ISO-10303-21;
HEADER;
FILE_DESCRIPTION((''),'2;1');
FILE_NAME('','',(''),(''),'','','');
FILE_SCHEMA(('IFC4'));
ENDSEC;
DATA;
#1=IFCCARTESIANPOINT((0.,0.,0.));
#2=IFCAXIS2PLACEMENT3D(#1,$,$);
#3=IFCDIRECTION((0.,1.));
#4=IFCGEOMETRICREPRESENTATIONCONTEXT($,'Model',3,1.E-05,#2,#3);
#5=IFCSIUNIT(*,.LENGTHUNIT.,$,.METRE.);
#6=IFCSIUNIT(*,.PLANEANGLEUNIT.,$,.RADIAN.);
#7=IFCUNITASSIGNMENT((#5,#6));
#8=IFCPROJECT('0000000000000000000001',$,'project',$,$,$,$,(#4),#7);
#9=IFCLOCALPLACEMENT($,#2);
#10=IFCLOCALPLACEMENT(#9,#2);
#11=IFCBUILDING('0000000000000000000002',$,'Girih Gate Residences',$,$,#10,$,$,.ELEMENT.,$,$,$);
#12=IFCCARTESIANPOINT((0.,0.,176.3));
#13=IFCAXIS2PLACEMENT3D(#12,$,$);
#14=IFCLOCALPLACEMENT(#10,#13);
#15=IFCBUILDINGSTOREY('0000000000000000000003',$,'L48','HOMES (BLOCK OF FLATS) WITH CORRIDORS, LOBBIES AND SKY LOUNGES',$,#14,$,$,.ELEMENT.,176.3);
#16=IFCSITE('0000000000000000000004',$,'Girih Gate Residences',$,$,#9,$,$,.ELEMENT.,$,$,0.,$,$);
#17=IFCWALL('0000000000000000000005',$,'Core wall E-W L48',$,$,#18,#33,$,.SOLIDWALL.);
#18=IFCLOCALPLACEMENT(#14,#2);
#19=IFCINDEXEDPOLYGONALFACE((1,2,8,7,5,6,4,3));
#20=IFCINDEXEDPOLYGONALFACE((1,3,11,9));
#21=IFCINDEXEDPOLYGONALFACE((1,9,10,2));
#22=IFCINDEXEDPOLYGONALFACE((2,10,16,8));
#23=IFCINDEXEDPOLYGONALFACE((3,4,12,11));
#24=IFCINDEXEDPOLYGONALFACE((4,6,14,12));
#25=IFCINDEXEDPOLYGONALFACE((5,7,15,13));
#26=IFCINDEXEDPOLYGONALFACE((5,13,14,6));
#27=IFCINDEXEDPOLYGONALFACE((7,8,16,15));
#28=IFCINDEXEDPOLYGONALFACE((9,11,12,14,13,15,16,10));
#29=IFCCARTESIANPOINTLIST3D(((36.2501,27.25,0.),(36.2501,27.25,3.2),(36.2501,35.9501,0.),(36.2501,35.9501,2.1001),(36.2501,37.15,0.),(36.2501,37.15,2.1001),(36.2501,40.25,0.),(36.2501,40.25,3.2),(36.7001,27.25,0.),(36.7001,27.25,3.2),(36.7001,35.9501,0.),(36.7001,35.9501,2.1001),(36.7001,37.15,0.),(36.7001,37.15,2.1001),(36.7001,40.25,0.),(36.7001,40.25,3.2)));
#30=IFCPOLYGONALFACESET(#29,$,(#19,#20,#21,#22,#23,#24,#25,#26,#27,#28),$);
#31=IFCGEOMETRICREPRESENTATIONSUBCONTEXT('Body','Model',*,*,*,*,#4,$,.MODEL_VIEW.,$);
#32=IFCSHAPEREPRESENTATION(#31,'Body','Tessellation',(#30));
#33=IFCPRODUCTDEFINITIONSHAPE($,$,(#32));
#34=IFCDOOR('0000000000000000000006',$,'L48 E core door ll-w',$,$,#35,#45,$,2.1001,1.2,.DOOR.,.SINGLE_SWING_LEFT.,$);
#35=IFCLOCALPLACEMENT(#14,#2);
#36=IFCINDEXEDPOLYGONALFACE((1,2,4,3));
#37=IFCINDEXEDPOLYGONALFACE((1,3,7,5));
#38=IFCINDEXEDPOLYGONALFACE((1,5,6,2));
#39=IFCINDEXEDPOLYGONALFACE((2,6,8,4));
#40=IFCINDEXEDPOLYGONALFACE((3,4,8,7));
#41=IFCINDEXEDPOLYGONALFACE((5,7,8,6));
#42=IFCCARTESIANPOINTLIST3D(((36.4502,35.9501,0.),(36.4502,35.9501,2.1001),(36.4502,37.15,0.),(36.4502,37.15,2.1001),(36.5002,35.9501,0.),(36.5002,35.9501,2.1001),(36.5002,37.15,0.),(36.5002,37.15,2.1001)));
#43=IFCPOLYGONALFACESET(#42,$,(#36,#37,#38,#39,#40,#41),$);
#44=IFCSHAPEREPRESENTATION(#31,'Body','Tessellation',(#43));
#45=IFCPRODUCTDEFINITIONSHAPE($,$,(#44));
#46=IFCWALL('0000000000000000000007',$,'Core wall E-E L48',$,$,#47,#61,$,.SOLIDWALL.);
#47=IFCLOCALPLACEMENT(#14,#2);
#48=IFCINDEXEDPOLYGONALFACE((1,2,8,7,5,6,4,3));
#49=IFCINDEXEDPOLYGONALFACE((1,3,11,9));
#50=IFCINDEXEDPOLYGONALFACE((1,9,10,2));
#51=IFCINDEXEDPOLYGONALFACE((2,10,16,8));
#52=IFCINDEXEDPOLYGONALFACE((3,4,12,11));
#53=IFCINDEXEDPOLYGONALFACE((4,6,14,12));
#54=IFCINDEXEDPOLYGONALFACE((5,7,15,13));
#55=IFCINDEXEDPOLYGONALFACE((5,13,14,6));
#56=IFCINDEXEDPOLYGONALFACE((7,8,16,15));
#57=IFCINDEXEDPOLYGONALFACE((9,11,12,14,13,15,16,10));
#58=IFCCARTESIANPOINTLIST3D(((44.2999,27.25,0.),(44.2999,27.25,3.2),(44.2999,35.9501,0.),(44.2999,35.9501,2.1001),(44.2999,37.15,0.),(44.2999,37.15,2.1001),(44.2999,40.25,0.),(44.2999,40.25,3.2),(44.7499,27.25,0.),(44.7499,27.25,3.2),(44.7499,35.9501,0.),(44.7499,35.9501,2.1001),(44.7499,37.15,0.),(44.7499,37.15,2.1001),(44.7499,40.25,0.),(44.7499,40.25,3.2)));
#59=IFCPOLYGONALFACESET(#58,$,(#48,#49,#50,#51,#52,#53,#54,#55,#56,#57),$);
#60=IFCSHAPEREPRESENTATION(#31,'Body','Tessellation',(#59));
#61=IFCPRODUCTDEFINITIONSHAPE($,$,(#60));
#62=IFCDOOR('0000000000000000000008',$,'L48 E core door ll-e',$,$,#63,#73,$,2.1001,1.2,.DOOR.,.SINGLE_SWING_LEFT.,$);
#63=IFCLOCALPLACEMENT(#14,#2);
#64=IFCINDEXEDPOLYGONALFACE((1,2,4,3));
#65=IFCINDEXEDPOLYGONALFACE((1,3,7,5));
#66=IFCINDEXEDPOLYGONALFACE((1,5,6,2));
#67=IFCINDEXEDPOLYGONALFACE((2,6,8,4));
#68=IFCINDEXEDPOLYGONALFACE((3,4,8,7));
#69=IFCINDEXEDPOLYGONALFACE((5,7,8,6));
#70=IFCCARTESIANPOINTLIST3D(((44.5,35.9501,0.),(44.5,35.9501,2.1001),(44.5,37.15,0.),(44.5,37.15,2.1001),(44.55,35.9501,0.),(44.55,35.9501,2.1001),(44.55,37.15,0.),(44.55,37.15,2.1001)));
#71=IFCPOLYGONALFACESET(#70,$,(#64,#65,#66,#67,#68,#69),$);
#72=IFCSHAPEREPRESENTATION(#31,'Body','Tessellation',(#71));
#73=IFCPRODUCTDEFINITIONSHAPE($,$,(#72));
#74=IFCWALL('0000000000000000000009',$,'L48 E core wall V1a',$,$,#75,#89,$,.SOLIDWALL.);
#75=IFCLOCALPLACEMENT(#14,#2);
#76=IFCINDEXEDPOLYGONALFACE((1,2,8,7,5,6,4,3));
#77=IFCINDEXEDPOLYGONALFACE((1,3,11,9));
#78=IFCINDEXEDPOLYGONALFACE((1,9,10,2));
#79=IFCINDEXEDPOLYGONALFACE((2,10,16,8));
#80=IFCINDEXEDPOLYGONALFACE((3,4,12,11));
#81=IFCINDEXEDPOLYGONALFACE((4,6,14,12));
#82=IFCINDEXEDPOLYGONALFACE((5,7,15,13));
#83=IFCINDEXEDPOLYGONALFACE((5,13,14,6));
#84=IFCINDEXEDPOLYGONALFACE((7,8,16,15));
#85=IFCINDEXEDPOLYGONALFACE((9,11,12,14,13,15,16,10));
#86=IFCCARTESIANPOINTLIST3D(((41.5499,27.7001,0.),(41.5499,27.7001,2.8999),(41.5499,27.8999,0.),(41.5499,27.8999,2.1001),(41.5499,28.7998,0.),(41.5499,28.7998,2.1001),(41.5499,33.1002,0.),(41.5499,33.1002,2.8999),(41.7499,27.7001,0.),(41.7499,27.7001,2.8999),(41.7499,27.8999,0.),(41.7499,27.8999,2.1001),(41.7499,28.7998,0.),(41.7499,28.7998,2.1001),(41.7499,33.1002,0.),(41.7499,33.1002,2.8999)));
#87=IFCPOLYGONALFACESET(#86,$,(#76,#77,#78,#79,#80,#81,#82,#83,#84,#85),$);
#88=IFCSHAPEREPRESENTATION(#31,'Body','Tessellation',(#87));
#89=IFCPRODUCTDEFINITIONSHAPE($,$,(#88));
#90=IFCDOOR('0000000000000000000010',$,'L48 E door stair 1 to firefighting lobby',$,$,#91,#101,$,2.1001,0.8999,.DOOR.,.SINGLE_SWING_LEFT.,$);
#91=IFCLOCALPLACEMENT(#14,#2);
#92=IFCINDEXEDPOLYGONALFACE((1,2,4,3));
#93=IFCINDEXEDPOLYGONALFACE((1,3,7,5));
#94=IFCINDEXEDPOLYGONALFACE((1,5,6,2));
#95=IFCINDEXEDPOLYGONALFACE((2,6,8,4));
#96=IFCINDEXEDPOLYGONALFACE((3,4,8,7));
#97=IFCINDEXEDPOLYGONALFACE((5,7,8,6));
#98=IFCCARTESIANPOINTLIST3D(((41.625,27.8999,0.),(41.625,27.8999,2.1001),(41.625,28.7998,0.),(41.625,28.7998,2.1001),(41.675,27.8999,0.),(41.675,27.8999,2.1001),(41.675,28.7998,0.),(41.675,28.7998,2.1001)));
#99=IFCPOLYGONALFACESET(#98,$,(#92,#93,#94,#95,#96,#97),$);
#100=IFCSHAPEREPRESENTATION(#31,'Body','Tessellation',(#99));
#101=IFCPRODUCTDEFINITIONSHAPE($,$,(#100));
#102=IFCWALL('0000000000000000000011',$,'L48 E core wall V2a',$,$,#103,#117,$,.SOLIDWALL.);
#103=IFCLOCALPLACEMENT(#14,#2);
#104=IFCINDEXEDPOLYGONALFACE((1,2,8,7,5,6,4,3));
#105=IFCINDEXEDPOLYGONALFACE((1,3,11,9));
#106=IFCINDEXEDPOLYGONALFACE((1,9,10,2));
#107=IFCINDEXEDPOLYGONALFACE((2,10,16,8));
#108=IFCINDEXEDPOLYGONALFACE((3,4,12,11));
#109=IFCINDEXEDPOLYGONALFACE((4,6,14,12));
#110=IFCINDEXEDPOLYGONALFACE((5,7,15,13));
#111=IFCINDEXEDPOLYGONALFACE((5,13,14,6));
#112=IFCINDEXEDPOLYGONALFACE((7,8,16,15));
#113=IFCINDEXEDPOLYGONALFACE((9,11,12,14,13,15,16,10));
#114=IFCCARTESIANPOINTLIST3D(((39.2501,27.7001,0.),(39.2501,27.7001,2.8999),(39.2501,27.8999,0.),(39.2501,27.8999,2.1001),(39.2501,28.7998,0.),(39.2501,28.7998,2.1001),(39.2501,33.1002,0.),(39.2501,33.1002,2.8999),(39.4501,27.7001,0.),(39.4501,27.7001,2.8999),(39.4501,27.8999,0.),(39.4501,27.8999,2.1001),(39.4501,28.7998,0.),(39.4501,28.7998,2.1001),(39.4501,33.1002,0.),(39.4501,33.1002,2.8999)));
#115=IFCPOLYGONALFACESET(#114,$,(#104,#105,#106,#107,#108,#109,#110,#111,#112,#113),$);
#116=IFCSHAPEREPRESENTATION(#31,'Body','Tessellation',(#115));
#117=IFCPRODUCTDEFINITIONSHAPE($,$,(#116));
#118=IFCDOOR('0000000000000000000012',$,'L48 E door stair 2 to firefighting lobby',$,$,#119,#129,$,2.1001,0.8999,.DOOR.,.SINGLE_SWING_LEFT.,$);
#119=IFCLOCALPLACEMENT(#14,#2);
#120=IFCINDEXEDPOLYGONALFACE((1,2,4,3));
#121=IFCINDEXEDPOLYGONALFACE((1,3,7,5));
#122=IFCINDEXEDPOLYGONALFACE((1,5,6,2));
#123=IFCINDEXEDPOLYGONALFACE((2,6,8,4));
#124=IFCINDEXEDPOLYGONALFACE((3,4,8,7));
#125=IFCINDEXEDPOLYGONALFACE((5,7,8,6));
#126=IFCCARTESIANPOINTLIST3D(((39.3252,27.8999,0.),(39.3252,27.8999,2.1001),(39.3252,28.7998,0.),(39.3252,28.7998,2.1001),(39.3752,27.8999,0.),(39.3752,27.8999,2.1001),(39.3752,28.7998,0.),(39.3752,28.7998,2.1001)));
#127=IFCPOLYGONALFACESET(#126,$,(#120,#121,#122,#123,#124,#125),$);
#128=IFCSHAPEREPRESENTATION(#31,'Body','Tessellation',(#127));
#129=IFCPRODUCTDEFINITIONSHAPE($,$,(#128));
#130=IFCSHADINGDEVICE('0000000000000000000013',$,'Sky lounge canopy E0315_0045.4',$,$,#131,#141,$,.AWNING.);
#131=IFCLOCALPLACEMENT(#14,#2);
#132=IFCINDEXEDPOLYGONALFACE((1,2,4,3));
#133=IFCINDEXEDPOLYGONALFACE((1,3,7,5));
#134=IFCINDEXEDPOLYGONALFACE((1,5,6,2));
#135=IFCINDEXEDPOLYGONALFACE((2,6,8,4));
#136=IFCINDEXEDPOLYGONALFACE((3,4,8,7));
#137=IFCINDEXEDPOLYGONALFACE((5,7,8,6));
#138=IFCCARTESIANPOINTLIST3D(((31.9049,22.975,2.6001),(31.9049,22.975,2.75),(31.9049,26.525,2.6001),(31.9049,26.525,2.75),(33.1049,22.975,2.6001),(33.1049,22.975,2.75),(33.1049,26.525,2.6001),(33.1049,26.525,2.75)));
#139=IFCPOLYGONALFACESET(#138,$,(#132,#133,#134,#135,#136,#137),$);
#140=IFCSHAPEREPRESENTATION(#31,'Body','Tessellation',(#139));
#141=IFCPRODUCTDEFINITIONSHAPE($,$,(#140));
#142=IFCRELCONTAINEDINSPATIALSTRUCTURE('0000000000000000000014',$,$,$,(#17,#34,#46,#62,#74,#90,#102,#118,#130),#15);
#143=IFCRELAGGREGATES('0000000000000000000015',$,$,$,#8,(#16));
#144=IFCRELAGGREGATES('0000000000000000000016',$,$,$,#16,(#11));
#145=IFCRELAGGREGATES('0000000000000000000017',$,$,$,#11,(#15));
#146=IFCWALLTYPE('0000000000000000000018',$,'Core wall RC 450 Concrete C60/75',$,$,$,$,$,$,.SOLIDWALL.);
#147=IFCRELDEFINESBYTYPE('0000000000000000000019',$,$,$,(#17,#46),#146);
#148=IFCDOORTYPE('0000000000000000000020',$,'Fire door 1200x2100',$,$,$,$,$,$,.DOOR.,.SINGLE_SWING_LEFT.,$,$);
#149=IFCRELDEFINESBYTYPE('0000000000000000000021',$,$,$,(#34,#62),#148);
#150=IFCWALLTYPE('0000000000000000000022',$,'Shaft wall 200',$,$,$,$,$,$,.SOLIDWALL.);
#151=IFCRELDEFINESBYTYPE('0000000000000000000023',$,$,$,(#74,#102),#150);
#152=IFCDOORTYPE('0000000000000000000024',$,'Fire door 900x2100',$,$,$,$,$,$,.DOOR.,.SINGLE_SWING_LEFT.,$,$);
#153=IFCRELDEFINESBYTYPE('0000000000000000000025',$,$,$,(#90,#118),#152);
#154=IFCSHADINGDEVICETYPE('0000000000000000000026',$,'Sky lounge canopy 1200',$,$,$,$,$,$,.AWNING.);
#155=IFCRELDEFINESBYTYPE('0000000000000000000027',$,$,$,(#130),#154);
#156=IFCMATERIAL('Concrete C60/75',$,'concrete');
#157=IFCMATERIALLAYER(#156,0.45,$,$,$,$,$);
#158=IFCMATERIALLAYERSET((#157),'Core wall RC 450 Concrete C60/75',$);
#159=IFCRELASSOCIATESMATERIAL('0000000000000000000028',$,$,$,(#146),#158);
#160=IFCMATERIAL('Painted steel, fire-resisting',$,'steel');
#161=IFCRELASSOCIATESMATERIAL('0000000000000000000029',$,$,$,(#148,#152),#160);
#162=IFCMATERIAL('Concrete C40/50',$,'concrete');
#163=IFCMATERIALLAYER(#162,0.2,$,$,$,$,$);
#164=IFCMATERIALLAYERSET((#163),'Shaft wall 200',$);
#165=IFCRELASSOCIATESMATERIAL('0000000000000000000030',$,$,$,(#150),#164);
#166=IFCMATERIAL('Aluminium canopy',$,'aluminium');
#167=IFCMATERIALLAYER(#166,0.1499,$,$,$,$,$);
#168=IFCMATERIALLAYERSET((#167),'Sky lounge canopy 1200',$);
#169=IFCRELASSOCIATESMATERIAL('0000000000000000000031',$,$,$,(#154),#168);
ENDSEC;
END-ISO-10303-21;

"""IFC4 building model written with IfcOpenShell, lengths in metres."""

from ifc_helpers import new_model, si_unit, direction, frame, frame_2d, origin, origin_2d, place, context, subcontext, project, spatial, rectangle, extrude, material, layer, layer_set, type_object, element, fill, save


model = new_model("IFC4")

# Units and contexts
model_context = context("Model", 3, precision=1e-05, world=origin(), true_north=direction((0.0, 1.0)))
body_context = subcontext(model_context, "Body", "Model", "MODEL_VIEW")
ifc_project = project(units=[si_unit("LENGTHUNIT", "METRE"), si_unit("PLANEANGLEUNIT", "RADIAN")], contexts=[model_context])

# Site, building, storey
site_placement = place(None, origin())
site = spatial("IfcSite", under=ifc_project, at=site_placement, Name="Girih Gate Residences", CompositionType="ELEMENT", RefElevation=0.0)
building_placement = place(site_placement, origin())
building = spatial("IfcBuilding", under=site, at=building_placement, Name="Girih Gate Residences", CompositionType="ELEMENT")
storey_placement = place(building_placement, frame((0.0, 0.0, 176.3)))
storey = spatial("IfcBuildingStorey", under=building, at=storey_placement, Name="L48", Description="HOMES (BLOCK OF FLATS) WITH CORRIDORS, LOBBIES AND SKY LOUNGES", CompositionType="ELEMENT", Elevation=176.3)

# Shared definitions
ifc_material_1 = material(Name="Concrete C60/75", Category="concrete")
ifc_layer_1 = layer(ifc_material_1, 0.45)
ifc_layer_set_1 = layer_set([ifc_layer_1], Name="Core wall RC 450 Concrete C60/75")
wall_type_1 = type_object("IfcWallType", Name="Core wall RC 450 Concrete C60/75", PredefinedType="SOLIDWALL", material=ifc_layer_set_1)
ifc_material_2 = material(Name="Painted steel, fire-resisting", Category="steel")

# Walls, openings, doors
wall_1_placement = place(storey_placement, frame((36.4751, 27.25, 0.0), z_axis=(0.0, 0.0, 1.0), x_axis=(0.0, 1.0, 0.0)))
wall_1 = element("IfcWall", 1, at=wall_1_placement, inside=storey, type_object=wall_type_1, Name="Core wall E-W L48", PredefinedType="SOLIDWALL", context=body_context, shape_type="SweptSolid", body=[
    extrude(rectangle(XDim=13.0, YDim=0.45, at=frame_2d((6.5, 0.0))), origin(), (0.0, 0.0, 1.0), 3.2),
])
opening_1_placement = place(wall_1_placement, frame((8.7, 0.0, 0.0)))
opening_1 = element("IfcOpeningElement", 2, at=opening_1_placement, cuts=wall_1, PredefinedType="OPENING", context=body_context, shape_type="SweptSolid", body=[
    extrude(rectangle(XDim=1.2, YDim=2.1001, at=frame_2d((0.6001, 1.05))), frame((0.0, 0.2349, 0.0), z_axis=(0.0, -1.0, 0.0), x_axis=(1.0, 0.0, 0.0)), (0.0, 0.0, 1.0), 0.47),
])
door_type_1 = type_object("IfcDoorType", Name="Fire door 1200x2100", OperationType="SINGLE_SWING_LEFT", PredefinedType="DOOR", material=ifc_material_2)
door_1_placement = place(opening_1_placement, origin())
door_1 = element("IfcDoor", 3, at=door_1_placement, inside=storey, type_object=door_type_1, Name="L48 E core door ll-w", OperationType="SINGLE_SWING_LEFT", OverallHeight=2.1001, OverallWidth=1.2, PredefinedType="DOOR", context=body_context, shape_type="SweptSolid", body=[
    extrude(rectangle(XDim=1.2, YDim=2.1001, at=frame_2d((0.6001, 1.05))), frame((0.0, 0.0249, 0.0), z_axis=(0.0, -1.0, 0.0), x_axis=(1.0, 0.0, 0.0)), (0.0, 0.0, 1.0), 0.05),
])
fill(opening_1, door_1)
wall_2_placement = place(storey_placement, frame((44.5249, 27.25, 0.0), z_axis=(0.0, 0.0, 1.0), x_axis=(0.0, 1.0, 0.0)))
wall_2 = element("IfcWall", 4, at=wall_2_placement, inside=storey, type_object=wall_type_1, Name="Core wall E-E L48", PredefinedType="SOLIDWALL", context=body_context, shape_type="SweptSolid", body=[
    extrude(rectangle(XDim=13.0, YDim=0.45, at=frame_2d((6.5, 0.0))), origin(), (0.0, 0.0, 1.0), 3.2),
])
opening_2_placement = place(wall_2_placement, frame((8.7, 0.0, 0.0)))
opening_2 = element("IfcOpeningElement", 5, at=opening_2_placement, cuts=wall_2, PredefinedType="OPENING", context=body_context, shape_type="SweptSolid", body=[
    extrude(rectangle(XDim=1.2, YDim=2.1001, at=frame_2d((0.6001, 1.05))), frame((0.0, 0.2349, 0.0), z_axis=(0.0, -1.0, 0.0), x_axis=(1.0, 0.0, 0.0)), (0.0, 0.0, 1.0), 0.47),
])
door_2_placement = place(opening_2_placement, origin())
door_2 = element("IfcDoor", 6, at=door_2_placement, inside=storey, type_object=door_type_1, Name="L48 E core door ll-e", OperationType="SINGLE_SWING_LEFT", OverallHeight=2.1001, OverallWidth=1.2, PredefinedType="DOOR", context=body_context, shape_type="SweptSolid", body=[
    extrude(rectangle(XDim=1.2, YDim=2.1001, at=frame_2d((0.6001, 1.05))), frame((0.0, 0.0249, 0.0), z_axis=(0.0, -1.0, 0.0), x_axis=(1.0, 0.0, 0.0)), (0.0, 0.0, 1.0), 0.05),
])
fill(opening_2, door_2)
ifc_material_3 = material(Name="Concrete C40/50", Category="concrete")
ifc_layer_2 = layer(ifc_material_3, 0.2)
ifc_layer_set_2 = layer_set([ifc_layer_2], Name="Shaft wall 200")
wall_type_2 = type_object("IfcWallType", Name="Shaft wall 200", PredefinedType="SOLIDWALL", material=ifc_layer_set_2)
wall_3_placement = place(storey_placement, frame((41.6499, 27.7, 0.0), z_axis=(0.0, 0.0, 1.0), x_axis=(0.0, 1.0, 0.0)))
wall_3 = element("IfcWall", 7, at=wall_3_placement, inside=storey, type_object=wall_type_2, Name="L48 E core wall V1a", PredefinedType="SOLIDWALL", context=body_context, shape_type="SweptSolid", body=[
    extrude(rectangle(XDim=5.4001, YDim=0.2, at=frame_2d((2.7002, 0.0))), origin(), (0.0, 0.0, 1.0), 2.8999),
])
opening_3_placement = place(wall_3_placement, frame((0.2, 0.0, 0.0)))
opening_3 = element("IfcOpeningElement", 8, at=opening_3_placement, cuts=wall_3, PredefinedType="OPENING", context=body_context, shape_type="SweptSolid", body=[
    extrude(rectangle(XDim=0.8999, YDim=2.1001, at=frame_2d((0.45, 1.05))), frame((0.0, 0.1099, 0.0), z_axis=(0.0, -1.0, 0.0), x_axis=(1.0, 0.0, 0.0)), (0.0, 0.0, 1.0), 0.22),
])
door_type_2 = type_object("IfcDoorType", Name="Fire door 900x2100", OperationType="SINGLE_SWING_LEFT", PredefinedType="DOOR", material=ifc_material_2)
door_3_placement = place(opening_3_placement, origin())
door_3 = element("IfcDoor", 9, at=door_3_placement, inside=storey, type_object=door_type_2, Name="L48 E door stair 1 to firefighting lobby", OperationType="SINGLE_SWING_LEFT", OverallHeight=2.1001, OverallWidth=0.8999, PredefinedType="DOOR", context=body_context, shape_type="SweptSolid", body=[
    extrude(rectangle(XDim=0.8999, YDim=2.1001, at=frame_2d((0.45, 1.05))), frame((0.0, 0.0249, 0.0), z_axis=(0.0, -1.0, 0.0), x_axis=(1.0, 0.0, 0.0)), (0.0, 0.0, 1.0), 0.05),
])
fill(opening_3, door_3)
wall_4_placement = place(storey_placement, frame((39.3501, 27.7, 0.0), z_axis=(0.0, 0.0, 1.0), x_axis=(0.0, 1.0, 0.0)))
wall_4 = element("IfcWall", 10, at=wall_4_placement, inside=storey, type_object=wall_type_2, Name="L48 E core wall V2a", PredefinedType="SOLIDWALL", context=body_context, shape_type="SweptSolid", body=[
    extrude(rectangle(XDim=5.4001, YDim=0.2, at=frame_2d((2.7002, 0.0))), origin(), (0.0, 0.0, 1.0), 2.8999),
])
opening_4_placement = place(wall_4_placement, frame((0.2, 0.0, 0.0)))
opening_4 = element("IfcOpeningElement", 11, at=opening_4_placement, cuts=wall_4, PredefinedType="OPENING", context=body_context, shape_type="SweptSolid", body=[
    extrude(rectangle(XDim=0.8999, YDim=2.1001, at=frame_2d((0.45, 1.05))), frame((0.0, 0.1099, 0.0), z_axis=(0.0, -1.0, 0.0), x_axis=(1.0, 0.0, 0.0)), (0.0, 0.0, 1.0), 0.22),
])
door_4_placement = place(opening_4_placement, origin())
door_4 = element("IfcDoor", 12, at=door_4_placement, inside=storey, type_object=door_type_2, Name="L48 E door stair 2 to firefighting lobby", OperationType="SINGLE_SWING_LEFT", OverallHeight=2.1001, OverallWidth=0.8999, PredefinedType="DOOR", context=body_context, shape_type="SweptSolid", body=[
    extrude(rectangle(XDim=0.8999, YDim=2.1001, at=frame_2d((0.45, 1.05))), frame((0.0, 0.0249, 0.0), z_axis=(0.0, -1.0, 0.0), x_axis=(1.0, 0.0, 0.0)), (0.0, 0.0, 1.0), 0.05),
])
fill(opening_4, door_4)

# Shading device
ifc_material_4 = material(Name="Aluminium canopy", Category="aluminium")
ifc_layer_3 = layer(ifc_material_4, 0.1499)
ifc_layer_set_3 = layer_set([ifc_layer_3], Name="Sky lounge canopy 1200")
shading_device_type = type_object("IfcShadingDeviceType", Name="Sky lounge canopy 1200", PredefinedType="AWNING", material=ifc_layer_set_3)
shading_device_placement = place(storey_placement, frame((32.5049, 24.75, 2.6001), z_axis=(0.0, 0.0, 1.0), x_axis=(0.0, 1.0, 0.0)))
element("IfcShadingDevice", 13, at=shading_device_placement, inside=storey, type_object=shading_device_type, Name="Sky lounge canopy E0315_0045.4", PredefinedType="AWNING", context=body_context, shape_type="SweptSolid", body=[
    extrude(rectangle(XDim=3.55, YDim=1.2, at=origin_2d()), origin(), (0.0, 0.0, 1.0), 0.1499),
])

save(model, "model.ifc")
